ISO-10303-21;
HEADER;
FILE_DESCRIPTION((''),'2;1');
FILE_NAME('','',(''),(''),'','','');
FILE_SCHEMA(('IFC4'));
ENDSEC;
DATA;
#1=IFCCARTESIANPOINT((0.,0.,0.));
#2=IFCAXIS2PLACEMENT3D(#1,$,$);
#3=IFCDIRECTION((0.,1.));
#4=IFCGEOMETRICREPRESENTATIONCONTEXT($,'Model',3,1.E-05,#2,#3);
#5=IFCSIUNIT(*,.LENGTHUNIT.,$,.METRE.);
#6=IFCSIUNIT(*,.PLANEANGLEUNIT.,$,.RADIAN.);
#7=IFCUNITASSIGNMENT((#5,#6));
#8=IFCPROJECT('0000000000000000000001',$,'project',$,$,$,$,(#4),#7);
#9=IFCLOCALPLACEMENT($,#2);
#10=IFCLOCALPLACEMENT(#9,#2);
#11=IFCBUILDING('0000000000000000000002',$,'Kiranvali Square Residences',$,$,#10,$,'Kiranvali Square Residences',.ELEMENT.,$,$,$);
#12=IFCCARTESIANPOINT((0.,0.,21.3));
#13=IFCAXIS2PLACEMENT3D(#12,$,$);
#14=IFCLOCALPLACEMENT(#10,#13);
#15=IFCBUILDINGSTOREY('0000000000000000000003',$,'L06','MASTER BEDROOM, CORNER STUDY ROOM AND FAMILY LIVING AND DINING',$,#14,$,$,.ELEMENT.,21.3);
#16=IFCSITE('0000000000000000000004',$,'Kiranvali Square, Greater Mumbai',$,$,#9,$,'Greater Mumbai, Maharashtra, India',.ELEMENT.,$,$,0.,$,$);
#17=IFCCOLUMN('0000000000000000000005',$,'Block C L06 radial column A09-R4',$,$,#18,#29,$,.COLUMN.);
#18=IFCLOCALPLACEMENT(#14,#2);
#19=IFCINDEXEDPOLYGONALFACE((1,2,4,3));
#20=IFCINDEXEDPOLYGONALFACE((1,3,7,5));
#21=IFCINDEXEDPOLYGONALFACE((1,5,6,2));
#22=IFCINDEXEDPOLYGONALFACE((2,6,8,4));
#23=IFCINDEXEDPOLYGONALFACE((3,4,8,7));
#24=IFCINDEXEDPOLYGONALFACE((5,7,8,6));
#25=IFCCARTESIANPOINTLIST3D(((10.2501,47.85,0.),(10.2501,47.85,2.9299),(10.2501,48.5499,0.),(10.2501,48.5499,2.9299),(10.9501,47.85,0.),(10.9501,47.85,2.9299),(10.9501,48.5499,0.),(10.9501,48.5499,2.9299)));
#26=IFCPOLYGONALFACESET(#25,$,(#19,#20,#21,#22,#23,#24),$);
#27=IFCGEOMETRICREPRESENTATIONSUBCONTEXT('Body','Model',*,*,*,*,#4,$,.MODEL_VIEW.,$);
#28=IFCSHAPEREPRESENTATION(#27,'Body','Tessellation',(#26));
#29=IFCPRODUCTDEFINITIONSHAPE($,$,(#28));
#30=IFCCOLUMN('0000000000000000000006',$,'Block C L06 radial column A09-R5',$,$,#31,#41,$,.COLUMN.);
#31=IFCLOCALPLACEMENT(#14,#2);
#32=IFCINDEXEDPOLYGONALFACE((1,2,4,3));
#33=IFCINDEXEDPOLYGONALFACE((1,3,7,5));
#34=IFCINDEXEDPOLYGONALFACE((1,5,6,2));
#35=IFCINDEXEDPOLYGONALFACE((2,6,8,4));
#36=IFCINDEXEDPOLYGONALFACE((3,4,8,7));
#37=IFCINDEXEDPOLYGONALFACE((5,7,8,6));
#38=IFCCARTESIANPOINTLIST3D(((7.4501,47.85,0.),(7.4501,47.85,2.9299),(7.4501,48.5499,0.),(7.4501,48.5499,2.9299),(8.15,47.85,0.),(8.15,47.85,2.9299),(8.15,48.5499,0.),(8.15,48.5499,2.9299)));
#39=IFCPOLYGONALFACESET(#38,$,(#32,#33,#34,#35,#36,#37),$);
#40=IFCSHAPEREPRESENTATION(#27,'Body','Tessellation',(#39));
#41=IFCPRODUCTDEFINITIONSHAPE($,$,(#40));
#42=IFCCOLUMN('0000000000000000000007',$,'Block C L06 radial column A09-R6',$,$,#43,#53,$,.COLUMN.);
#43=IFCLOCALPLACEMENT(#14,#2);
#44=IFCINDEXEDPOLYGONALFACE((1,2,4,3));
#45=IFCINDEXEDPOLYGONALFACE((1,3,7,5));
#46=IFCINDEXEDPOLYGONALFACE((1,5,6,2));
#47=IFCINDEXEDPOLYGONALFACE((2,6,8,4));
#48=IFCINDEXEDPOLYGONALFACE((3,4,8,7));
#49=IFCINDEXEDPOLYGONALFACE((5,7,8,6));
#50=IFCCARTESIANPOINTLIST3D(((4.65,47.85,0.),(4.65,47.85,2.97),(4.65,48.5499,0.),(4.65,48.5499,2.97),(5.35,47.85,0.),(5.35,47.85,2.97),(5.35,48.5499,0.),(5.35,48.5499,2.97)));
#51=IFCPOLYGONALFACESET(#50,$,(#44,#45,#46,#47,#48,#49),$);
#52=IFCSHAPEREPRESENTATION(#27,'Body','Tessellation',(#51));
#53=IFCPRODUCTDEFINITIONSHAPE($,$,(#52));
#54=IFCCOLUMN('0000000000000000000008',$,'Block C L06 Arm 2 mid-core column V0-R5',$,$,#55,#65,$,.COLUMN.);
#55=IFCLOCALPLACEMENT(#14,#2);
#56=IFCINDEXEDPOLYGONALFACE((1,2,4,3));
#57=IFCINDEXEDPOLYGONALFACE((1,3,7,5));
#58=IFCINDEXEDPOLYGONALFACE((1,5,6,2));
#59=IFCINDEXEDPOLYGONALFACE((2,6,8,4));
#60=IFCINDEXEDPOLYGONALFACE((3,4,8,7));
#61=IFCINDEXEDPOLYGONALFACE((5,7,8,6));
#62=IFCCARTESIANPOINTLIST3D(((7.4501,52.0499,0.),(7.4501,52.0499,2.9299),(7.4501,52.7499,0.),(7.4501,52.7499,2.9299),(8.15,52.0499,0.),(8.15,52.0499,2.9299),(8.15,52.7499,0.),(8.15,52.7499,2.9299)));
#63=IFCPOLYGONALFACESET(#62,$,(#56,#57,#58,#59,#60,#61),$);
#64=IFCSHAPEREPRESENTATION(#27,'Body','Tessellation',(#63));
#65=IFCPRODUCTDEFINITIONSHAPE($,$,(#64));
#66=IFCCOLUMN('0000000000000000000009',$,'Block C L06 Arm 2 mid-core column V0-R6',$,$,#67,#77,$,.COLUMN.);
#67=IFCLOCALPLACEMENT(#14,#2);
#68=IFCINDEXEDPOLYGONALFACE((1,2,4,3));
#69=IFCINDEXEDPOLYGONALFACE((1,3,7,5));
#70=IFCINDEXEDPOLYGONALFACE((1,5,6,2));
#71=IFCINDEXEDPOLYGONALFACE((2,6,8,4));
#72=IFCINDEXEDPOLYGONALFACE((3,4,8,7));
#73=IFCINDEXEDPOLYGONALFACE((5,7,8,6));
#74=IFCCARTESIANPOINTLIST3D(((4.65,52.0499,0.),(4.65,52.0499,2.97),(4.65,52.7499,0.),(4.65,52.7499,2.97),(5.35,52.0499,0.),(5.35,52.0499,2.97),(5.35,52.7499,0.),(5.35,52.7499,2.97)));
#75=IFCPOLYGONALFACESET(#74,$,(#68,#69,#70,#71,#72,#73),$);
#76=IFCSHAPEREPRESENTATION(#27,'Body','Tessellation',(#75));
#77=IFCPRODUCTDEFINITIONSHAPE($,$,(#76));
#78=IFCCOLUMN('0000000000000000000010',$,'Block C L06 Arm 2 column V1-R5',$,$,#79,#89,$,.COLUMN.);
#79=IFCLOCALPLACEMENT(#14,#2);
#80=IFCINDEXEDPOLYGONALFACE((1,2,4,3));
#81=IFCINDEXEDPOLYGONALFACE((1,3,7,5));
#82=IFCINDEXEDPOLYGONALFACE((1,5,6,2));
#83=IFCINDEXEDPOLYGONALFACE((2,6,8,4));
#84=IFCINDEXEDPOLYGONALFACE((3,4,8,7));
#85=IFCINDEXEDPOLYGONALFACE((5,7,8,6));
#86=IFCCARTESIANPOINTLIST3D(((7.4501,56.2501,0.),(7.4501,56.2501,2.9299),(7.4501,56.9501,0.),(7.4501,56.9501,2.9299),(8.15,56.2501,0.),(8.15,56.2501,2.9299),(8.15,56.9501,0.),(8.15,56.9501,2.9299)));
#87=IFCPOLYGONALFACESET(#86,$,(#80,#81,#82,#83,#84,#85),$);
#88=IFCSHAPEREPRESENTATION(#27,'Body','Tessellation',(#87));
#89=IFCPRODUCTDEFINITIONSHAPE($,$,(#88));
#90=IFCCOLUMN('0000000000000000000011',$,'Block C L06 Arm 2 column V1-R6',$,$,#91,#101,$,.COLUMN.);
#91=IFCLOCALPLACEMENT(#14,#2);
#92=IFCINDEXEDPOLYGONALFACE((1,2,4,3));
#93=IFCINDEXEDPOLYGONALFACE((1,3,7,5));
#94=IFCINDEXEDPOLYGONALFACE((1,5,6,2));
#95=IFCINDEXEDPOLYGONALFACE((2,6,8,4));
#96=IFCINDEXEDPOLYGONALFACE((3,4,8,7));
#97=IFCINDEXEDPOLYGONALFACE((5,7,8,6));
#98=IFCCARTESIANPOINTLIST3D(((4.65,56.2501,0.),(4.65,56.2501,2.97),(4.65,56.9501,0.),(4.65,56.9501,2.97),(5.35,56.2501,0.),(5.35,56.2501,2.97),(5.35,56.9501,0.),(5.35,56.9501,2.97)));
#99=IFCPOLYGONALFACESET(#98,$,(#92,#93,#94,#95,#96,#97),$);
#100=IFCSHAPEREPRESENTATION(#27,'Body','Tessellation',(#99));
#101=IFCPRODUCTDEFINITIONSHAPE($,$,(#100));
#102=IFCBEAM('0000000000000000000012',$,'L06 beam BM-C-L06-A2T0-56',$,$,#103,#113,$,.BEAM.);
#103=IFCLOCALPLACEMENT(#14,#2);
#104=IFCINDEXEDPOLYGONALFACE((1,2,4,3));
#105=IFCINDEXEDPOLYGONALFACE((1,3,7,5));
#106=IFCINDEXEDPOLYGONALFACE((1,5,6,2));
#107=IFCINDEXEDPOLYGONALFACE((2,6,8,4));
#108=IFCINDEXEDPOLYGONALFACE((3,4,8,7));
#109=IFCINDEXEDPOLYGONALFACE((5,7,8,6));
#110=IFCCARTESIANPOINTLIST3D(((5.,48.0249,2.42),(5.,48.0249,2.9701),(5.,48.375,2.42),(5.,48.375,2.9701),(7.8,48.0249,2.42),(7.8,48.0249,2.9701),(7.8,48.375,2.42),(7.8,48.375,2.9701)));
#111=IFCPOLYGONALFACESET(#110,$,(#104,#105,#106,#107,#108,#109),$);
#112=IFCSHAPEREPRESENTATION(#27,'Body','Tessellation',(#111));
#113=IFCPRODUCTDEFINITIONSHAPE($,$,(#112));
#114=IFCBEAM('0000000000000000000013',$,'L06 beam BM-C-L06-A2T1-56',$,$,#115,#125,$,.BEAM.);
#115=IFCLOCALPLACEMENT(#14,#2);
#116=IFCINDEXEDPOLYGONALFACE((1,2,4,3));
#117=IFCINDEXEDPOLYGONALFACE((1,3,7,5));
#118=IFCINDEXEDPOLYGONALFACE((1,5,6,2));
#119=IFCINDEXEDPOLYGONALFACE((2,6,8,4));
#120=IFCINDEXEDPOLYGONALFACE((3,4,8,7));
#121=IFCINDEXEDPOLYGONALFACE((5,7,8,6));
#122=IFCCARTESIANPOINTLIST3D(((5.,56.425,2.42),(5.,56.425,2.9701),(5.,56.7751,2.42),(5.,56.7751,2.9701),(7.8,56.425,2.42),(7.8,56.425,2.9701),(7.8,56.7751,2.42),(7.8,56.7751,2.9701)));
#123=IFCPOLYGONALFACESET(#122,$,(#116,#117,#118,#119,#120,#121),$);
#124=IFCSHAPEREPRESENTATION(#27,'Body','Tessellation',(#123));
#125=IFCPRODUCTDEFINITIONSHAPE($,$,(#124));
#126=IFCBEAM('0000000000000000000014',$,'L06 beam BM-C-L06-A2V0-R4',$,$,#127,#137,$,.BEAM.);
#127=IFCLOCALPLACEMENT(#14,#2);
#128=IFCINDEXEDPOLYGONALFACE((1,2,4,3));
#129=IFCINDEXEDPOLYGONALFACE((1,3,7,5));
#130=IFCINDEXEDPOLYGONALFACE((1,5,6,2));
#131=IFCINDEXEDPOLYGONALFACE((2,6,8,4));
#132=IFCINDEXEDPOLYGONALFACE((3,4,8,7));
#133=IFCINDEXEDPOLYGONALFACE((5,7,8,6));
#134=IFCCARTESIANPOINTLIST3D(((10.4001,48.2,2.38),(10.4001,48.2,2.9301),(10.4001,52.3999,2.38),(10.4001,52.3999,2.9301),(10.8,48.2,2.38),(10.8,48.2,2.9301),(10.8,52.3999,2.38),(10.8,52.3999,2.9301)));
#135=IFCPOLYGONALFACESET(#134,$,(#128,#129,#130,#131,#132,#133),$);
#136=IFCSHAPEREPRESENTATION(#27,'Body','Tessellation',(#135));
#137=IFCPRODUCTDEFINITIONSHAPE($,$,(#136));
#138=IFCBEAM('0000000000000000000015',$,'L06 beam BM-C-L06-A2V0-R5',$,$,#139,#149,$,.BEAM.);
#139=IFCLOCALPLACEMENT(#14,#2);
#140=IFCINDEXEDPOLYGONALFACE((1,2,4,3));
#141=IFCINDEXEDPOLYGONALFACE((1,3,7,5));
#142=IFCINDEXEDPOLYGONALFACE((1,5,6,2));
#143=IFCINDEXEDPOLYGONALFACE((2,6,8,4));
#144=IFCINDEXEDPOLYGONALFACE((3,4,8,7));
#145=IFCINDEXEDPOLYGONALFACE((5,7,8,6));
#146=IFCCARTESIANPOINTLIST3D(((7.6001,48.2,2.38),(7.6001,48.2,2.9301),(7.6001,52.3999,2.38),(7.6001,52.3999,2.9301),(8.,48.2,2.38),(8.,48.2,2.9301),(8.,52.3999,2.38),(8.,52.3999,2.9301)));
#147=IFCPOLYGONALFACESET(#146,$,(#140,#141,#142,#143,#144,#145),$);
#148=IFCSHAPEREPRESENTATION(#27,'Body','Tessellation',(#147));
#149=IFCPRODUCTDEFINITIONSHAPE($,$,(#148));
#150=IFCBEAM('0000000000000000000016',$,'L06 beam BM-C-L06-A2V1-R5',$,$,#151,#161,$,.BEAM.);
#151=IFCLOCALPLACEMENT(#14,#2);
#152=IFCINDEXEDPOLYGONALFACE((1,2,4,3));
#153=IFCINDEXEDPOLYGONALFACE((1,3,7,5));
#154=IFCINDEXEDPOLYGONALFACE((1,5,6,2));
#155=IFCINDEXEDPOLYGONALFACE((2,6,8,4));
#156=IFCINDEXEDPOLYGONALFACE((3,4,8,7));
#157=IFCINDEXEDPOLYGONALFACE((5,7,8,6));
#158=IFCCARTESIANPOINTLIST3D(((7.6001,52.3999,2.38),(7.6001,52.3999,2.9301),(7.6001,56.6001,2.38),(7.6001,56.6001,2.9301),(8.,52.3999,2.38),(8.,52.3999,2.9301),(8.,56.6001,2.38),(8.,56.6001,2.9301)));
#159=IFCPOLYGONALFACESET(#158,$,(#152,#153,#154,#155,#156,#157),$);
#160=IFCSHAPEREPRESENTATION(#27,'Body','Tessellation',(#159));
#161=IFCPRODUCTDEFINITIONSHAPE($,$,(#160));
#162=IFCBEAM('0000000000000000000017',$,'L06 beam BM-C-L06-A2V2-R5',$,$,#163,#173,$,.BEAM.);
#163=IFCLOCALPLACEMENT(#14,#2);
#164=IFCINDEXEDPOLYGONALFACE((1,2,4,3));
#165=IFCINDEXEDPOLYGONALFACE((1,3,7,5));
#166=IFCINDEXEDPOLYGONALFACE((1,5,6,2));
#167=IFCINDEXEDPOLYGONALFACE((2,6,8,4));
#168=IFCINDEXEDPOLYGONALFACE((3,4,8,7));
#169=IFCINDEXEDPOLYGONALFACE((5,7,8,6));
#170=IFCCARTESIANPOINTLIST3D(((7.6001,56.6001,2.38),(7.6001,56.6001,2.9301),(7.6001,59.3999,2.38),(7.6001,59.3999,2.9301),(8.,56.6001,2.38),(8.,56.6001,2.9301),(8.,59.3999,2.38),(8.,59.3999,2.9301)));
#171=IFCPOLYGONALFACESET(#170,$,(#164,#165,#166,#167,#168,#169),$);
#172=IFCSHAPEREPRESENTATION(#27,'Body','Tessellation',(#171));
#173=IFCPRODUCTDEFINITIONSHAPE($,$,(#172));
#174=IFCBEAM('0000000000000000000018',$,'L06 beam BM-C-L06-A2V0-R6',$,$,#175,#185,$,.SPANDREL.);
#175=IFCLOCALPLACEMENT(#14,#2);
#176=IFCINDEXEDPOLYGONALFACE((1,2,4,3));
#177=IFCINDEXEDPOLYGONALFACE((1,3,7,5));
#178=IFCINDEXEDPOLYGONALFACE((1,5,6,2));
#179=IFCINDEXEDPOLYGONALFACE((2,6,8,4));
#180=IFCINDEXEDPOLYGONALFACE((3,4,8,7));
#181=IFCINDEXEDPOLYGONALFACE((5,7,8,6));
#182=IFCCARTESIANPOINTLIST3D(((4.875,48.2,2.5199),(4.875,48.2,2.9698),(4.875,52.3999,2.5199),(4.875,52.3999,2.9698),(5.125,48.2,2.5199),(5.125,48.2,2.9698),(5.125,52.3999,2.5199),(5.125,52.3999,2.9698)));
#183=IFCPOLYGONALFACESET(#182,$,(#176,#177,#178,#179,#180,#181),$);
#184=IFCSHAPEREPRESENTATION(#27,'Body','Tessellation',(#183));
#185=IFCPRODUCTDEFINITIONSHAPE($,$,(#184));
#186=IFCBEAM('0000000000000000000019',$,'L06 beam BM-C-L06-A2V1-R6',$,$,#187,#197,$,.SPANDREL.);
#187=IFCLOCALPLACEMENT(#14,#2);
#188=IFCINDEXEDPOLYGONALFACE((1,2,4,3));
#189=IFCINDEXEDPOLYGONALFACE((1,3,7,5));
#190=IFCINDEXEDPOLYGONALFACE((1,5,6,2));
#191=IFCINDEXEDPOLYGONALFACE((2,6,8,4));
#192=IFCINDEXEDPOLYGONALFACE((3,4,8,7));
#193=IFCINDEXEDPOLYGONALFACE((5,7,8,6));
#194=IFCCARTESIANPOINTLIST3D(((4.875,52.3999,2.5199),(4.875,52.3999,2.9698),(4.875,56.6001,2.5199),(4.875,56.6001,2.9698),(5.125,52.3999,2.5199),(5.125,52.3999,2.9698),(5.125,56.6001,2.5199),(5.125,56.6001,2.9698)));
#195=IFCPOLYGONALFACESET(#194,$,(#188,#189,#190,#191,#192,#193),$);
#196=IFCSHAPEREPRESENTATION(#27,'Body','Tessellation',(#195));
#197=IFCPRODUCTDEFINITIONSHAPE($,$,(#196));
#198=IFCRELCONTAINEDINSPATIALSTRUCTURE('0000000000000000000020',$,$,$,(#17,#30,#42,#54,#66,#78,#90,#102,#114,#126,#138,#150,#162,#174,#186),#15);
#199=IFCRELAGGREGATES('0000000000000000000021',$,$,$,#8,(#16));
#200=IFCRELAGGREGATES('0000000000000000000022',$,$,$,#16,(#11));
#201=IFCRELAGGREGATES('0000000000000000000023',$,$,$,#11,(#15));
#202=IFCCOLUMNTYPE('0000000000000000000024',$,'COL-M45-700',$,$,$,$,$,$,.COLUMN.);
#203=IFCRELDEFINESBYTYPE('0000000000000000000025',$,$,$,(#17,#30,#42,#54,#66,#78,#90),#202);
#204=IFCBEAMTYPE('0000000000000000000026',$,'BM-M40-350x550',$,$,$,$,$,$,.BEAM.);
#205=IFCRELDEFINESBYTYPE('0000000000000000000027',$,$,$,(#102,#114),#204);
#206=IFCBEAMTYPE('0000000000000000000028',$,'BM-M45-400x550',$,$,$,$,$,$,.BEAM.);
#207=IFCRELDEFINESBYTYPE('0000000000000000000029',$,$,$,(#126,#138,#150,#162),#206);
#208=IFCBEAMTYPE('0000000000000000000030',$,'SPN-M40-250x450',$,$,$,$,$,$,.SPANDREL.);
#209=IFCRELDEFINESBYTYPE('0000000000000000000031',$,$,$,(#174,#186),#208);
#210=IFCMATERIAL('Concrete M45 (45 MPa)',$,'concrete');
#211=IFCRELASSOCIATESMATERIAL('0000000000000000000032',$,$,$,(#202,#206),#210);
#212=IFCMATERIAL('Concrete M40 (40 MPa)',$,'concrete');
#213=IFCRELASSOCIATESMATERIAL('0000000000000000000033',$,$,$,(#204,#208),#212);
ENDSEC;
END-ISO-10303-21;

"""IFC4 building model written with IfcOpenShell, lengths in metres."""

from ifc_helpers import new_model, si_unit, direction, frame, origin, origin_2d, place, context, subcontext, project, spatial, rectangle, extrude, material, material_profile, profile_set, type_object, element, save


model = new_model("IFC4")

# Units and contexts
model_context = context("Model", 3, precision=1e-05, world=origin(), true_north=direction((0.0, 1.0)))
body_context = subcontext(model_context, "Body", "Model", "MODEL_VIEW")
ifc_project = project(units=[si_unit("LENGTHUNIT", "METRE"), si_unit("PLANEANGLEUNIT", "RADIAN")], contexts=[model_context])

# Site, building, storey
site_placement = place(None, origin())
site = spatial("IfcSite", under=ifc_project, at=site_placement, Name="Kiranvali Square, Greater Mumbai", LongName="Greater Mumbai, Maharashtra, India", CompositionType="ELEMENT", RefElevation=0.0)
building_placement = place(site_placement, origin())
building = spatial("IfcBuilding", under=site, at=building_placement, Name="Kiranvali Square Residences", LongName="Kiranvali Square Residences", CompositionType="ELEMENT")
storey_placement = place(building_placement, frame((0.0, 0.0, 21.3)))
storey = spatial("IfcBuildingStorey", under=building, at=storey_placement, Name="L06", Description="MASTER BEDROOM, CORNER STUDY ROOM AND FAMILY LIVING AND DINING", CompositionType="ELEMENT", Elevation=21.3)

# Columns
ifc_material_1 = material(Name="Concrete M45 (45 MPa)", Category="concrete")
ifc_material_profile_1 = material_profile(ifc_material_1, rectangle(XDim=0.7, YDim=0.7, at=origin_2d()), Name="RC 700x700")
ifc_profile_set_1 = profile_set([ifc_material_profile_1], Name="Concrete M45 (45 MPa)")
column_type = type_object("IfcColumnType", Name="COL-M45-700", PredefinedType="COLUMN", material=ifc_profile_set_1)
for number, where, z_axis, x_axis, name in (
    (1, (10.6001, 48.2, 0.0), (0.0, 0.0, 1.0), (0.0, 1.0, 0.0), "Block C L06 radial column A09-R4"),
    (2, (7.8, 48.2, 0.0), (0.0, 0.0, 1.0), (0.0, 1.0, 0.0), "Block C L06 radial column A09-R5"),
):
    element("IfcColumn", number, at=place(storey_placement, frame(where, z_axis=z_axis, x_axis=x_axis)), inside=storey, type_object=column_type, Name=name, PredefinedType="COLUMN", context=body_context, shape_type="SweptSolid", body=[
        extrude(rectangle(XDim=0.7, YDim=0.7, at=origin_2d()), origin(), (0.0, 0.0, 1.0), 2.9299),
    ])
column_1_placement = place(storey_placement, frame((5.0, 48.2, 0.0), z_axis=(0.0, 0.0, 1.0), x_axis=(0.0, 1.0, 0.0)))
element("IfcColumn", 3, at=column_1_placement, inside=storey, type_object=column_type, Name="Block C L06 radial column A09-R6", PredefinedType="COLUMN", context=body_context, shape_type="SweptSolid", body=[
    extrude(rectangle(XDim=0.7, YDim=0.7, at=origin_2d()), origin(), (0.0, 0.0, 1.0), 2.97),
])
column_2_placement = place(storey_placement, frame((7.8, 52.3999, 0.0), z_axis=(0.0, 0.0, 1.0), x_axis=(1.0, 0.0, 0.0)))
element("IfcColumn", 4, at=column_2_placement, inside=storey, type_object=column_type, Name="Block C L06 Arm 2 mid-core column V0-R5", PredefinedType="COLUMN", context=body_context, shape_type="SweptSolid", body=[
    extrude(rectangle(XDim=0.7, YDim=0.7, at=origin_2d()), origin(), (0.0, 0.0, 1.0), 2.9299),
])
column_3_placement = place(storey_placement, frame((5.0, 52.3999, 0.0), z_axis=(0.0, 0.0, 1.0), x_axis=(1.0, 0.0, 0.0)))
element("IfcColumn", 5, at=column_3_placement, inside=storey, type_object=column_type, Name="Block C L06 Arm 2 mid-core column V0-R6", PredefinedType="COLUMN", context=body_context, shape_type="SweptSolid", body=[
    extrude(rectangle(XDim=0.7, YDim=0.7, at=origin_2d()), origin(), (0.0, 0.0, 1.0), 2.97),
])
column_4_placement = place(storey_placement, frame((7.8, 56.6001, 0.0), z_axis=(0.0, 0.0, 1.0), x_axis=(1.0, 0.0, 0.0)))
element("IfcColumn", 6, at=column_4_placement, inside=storey, type_object=column_type, Name="Block C L06 Arm 2 column V1-R5", PredefinedType="COLUMN", context=body_context, shape_type="SweptSolid", body=[
    extrude(rectangle(XDim=0.7, YDim=0.7, at=origin_2d()), origin(), (0.0, 0.0, 1.0), 2.9299),
])
column_5_placement = place(storey_placement, frame((5.0, 56.6001, 0.0), z_axis=(0.0, 0.0, 1.0), x_axis=(1.0, 0.0, 0.0)))
element("IfcColumn", 7, at=column_5_placement, inside=storey, type_object=column_type, Name="Block C L06 Arm 2 column V1-R6", PredefinedType="COLUMN", context=body_context, shape_type="SweptSolid", body=[
    extrude(rectangle(XDim=0.7, YDim=0.7, at=origin_2d()), origin(), (0.0, 0.0, 1.0), 2.97),
])

# Beams
ifc_material_2 = material(Name="Concrete M40 (40 MPa)", Category="concrete")
ifc_material_profile_2 = material_profile(ifc_material_2, rectangle(XDim=0.3501, YDim=0.55, at=origin_2d()), Name="RC 350x550")
ifc_profile_set_2 = profile_set([ifc_material_profile_2], Name="Concrete M40 (40 MPa)")
beam_type_1 = type_object("IfcBeamType", Name="BM-M40-350x550", PredefinedType="BEAM", material=ifc_profile_set_2)
for number, where, z_axis, x_axis, name in (
    (8, (7.8, 48.2, 2.6951), (-1.0, 0.0, 0.0), (0.0, -1.0, 0.0), "L06 beam BM-C-L06-A2T0-56"),
    (9, (7.8, 56.6001, 2.6951), (-1.0, 0.0, 0.0), (0.0, -1.0, 0.0), "L06 beam BM-C-L06-A2T1-56"),
):
    element("IfcBeam", number, at=place(storey_placement, frame(where, z_axis=z_axis, x_axis=x_axis)), inside=storey, type_object=beam_type_1, Name=name, PredefinedType="BEAM", context=body_context, shape_type="SweptSolid", body=[
        extrude(rectangle(XDim=0.3501, YDim=0.55, at=origin_2d()), origin(), (0.0, 0.0, 1.0), 2.8),
    ])
ifc_material_profile_3 = material_profile(ifc_material_1, rectangle(XDim=0.3999, YDim=0.55, at=origin_2d()), Name="RC 400x550")
ifc_profile_set_3 = profile_set([ifc_material_profile_3], Name="Concrete M45 (45 MPa)")
beam_type_2 = type_object("IfcBeamType", Name="BM-M45-400x550", PredefinedType="BEAM", material=ifc_profile_set_3)
for number, where, z_axis, x_axis, name in (
    (10, (10.6001, 48.2, 2.655), (0.0, 1.0, 0.0), (-1.0, 0.0, 0.0), "L06 beam BM-C-L06-A2V0-R4"),
    (11, (7.8, 48.2, 2.655), (0.0, 1.0, 0.0), (-1.0, 0.0, 0.0), "L06 beam BM-C-L06-A2V0-R5"),
):
    element("IfcBeam", number, at=place(storey_placement, frame(where, z_axis=z_axis, x_axis=x_axis)), inside=storey, type_object=beam_type_2, Name=name, PredefinedType="BEAM", context=body_context, shape_type="SweptSolid", body=[
        extrude(rectangle(XDim=0.3999, YDim=0.55, at=origin_2d()), origin(), (0.0, 0.0, 1.0), 4.2),
    ])
beam_1_placement = place(storey_placement, frame((7.8, 52.3999, 2.655), z_axis=(0.0, 1.0, 0.0), x_axis=(-1.0, 0.0, 0.0)))
element("IfcBeam", 12, at=beam_1_placement, inside=storey, type_object=beam_type_2, Name="L06 beam BM-C-L06-A2V1-R5", PredefinedType="BEAM", context=body_context, shape_type="SweptSolid", body=[
    extrude(rectangle(XDim=0.3999, YDim=0.55, at=origin_2d()), origin(), (0.0, 0.0, 1.0), 4.2002),
])
beam_2_placement = place(storey_placement, frame((7.8, 56.6001, 2.655), z_axis=(0.0, 1.0, 0.0), x_axis=(-1.0, 0.0, 0.0)))
element("IfcBeam", 13, at=beam_2_placement, inside=storey, type_object=beam_type_2, Name="L06 beam BM-C-L06-A2V2-R5", PredefinedType="BEAM", context=body_context, shape_type="SweptSolid", body=[
    extrude(rectangle(XDim=0.3999, YDim=0.55, at=origin_2d()), origin(), (0.0, 0.0, 1.0), 2.7998),
])
ifc_material_profile_4 = material_profile(ifc_material_2, rectangle(XDim=0.25, YDim=0.45, at=origin_2d()), Name="RC 250x450")
ifc_profile_set_4 = profile_set([ifc_material_profile_4], Name="Concrete M40 (40 MPa)")
beam_type_3 = type_object("IfcBeamType", Name="SPN-M40-250x450", PredefinedType="SPANDREL", material=ifc_profile_set_4)
beam_3_placement = place(storey_placement, frame((5.0, 48.2, 2.7449), z_axis=(0.0, 1.0, 0.0), x_axis=(-1.0, 0.0, 0.0)))
element("IfcBeam", 14, at=beam_3_placement, inside=storey, type_object=beam_type_3, Name="L06 beam BM-C-L06-A2V0-R6", PredefinedType="SPANDREL", context=body_context, shape_type="SweptSolid", body=[
    extrude(rectangle(XDim=0.25, YDim=0.45, at=origin_2d()), origin(), (0.0, 0.0, 1.0), 4.2),
])
beam_4_placement = place(storey_placement, frame((5.0, 52.3999, 2.7449), z_axis=(0.0, 1.0, 0.0), x_axis=(-1.0, 0.0, 0.0)))
element("IfcBeam", 15, at=beam_4_placement, inside=storey, type_object=beam_type_3, Name="L06 beam BM-C-L06-A2V1-R6", PredefinedType="SPANDREL", context=body_context, shape_type="SweptSolid", body=[
    extrude(rectangle(XDim=0.25, YDim=0.45, at=origin_2d()), origin(), (0.0, 0.0, 1.0), 4.2002),
])

save(model, "model.ifc")
